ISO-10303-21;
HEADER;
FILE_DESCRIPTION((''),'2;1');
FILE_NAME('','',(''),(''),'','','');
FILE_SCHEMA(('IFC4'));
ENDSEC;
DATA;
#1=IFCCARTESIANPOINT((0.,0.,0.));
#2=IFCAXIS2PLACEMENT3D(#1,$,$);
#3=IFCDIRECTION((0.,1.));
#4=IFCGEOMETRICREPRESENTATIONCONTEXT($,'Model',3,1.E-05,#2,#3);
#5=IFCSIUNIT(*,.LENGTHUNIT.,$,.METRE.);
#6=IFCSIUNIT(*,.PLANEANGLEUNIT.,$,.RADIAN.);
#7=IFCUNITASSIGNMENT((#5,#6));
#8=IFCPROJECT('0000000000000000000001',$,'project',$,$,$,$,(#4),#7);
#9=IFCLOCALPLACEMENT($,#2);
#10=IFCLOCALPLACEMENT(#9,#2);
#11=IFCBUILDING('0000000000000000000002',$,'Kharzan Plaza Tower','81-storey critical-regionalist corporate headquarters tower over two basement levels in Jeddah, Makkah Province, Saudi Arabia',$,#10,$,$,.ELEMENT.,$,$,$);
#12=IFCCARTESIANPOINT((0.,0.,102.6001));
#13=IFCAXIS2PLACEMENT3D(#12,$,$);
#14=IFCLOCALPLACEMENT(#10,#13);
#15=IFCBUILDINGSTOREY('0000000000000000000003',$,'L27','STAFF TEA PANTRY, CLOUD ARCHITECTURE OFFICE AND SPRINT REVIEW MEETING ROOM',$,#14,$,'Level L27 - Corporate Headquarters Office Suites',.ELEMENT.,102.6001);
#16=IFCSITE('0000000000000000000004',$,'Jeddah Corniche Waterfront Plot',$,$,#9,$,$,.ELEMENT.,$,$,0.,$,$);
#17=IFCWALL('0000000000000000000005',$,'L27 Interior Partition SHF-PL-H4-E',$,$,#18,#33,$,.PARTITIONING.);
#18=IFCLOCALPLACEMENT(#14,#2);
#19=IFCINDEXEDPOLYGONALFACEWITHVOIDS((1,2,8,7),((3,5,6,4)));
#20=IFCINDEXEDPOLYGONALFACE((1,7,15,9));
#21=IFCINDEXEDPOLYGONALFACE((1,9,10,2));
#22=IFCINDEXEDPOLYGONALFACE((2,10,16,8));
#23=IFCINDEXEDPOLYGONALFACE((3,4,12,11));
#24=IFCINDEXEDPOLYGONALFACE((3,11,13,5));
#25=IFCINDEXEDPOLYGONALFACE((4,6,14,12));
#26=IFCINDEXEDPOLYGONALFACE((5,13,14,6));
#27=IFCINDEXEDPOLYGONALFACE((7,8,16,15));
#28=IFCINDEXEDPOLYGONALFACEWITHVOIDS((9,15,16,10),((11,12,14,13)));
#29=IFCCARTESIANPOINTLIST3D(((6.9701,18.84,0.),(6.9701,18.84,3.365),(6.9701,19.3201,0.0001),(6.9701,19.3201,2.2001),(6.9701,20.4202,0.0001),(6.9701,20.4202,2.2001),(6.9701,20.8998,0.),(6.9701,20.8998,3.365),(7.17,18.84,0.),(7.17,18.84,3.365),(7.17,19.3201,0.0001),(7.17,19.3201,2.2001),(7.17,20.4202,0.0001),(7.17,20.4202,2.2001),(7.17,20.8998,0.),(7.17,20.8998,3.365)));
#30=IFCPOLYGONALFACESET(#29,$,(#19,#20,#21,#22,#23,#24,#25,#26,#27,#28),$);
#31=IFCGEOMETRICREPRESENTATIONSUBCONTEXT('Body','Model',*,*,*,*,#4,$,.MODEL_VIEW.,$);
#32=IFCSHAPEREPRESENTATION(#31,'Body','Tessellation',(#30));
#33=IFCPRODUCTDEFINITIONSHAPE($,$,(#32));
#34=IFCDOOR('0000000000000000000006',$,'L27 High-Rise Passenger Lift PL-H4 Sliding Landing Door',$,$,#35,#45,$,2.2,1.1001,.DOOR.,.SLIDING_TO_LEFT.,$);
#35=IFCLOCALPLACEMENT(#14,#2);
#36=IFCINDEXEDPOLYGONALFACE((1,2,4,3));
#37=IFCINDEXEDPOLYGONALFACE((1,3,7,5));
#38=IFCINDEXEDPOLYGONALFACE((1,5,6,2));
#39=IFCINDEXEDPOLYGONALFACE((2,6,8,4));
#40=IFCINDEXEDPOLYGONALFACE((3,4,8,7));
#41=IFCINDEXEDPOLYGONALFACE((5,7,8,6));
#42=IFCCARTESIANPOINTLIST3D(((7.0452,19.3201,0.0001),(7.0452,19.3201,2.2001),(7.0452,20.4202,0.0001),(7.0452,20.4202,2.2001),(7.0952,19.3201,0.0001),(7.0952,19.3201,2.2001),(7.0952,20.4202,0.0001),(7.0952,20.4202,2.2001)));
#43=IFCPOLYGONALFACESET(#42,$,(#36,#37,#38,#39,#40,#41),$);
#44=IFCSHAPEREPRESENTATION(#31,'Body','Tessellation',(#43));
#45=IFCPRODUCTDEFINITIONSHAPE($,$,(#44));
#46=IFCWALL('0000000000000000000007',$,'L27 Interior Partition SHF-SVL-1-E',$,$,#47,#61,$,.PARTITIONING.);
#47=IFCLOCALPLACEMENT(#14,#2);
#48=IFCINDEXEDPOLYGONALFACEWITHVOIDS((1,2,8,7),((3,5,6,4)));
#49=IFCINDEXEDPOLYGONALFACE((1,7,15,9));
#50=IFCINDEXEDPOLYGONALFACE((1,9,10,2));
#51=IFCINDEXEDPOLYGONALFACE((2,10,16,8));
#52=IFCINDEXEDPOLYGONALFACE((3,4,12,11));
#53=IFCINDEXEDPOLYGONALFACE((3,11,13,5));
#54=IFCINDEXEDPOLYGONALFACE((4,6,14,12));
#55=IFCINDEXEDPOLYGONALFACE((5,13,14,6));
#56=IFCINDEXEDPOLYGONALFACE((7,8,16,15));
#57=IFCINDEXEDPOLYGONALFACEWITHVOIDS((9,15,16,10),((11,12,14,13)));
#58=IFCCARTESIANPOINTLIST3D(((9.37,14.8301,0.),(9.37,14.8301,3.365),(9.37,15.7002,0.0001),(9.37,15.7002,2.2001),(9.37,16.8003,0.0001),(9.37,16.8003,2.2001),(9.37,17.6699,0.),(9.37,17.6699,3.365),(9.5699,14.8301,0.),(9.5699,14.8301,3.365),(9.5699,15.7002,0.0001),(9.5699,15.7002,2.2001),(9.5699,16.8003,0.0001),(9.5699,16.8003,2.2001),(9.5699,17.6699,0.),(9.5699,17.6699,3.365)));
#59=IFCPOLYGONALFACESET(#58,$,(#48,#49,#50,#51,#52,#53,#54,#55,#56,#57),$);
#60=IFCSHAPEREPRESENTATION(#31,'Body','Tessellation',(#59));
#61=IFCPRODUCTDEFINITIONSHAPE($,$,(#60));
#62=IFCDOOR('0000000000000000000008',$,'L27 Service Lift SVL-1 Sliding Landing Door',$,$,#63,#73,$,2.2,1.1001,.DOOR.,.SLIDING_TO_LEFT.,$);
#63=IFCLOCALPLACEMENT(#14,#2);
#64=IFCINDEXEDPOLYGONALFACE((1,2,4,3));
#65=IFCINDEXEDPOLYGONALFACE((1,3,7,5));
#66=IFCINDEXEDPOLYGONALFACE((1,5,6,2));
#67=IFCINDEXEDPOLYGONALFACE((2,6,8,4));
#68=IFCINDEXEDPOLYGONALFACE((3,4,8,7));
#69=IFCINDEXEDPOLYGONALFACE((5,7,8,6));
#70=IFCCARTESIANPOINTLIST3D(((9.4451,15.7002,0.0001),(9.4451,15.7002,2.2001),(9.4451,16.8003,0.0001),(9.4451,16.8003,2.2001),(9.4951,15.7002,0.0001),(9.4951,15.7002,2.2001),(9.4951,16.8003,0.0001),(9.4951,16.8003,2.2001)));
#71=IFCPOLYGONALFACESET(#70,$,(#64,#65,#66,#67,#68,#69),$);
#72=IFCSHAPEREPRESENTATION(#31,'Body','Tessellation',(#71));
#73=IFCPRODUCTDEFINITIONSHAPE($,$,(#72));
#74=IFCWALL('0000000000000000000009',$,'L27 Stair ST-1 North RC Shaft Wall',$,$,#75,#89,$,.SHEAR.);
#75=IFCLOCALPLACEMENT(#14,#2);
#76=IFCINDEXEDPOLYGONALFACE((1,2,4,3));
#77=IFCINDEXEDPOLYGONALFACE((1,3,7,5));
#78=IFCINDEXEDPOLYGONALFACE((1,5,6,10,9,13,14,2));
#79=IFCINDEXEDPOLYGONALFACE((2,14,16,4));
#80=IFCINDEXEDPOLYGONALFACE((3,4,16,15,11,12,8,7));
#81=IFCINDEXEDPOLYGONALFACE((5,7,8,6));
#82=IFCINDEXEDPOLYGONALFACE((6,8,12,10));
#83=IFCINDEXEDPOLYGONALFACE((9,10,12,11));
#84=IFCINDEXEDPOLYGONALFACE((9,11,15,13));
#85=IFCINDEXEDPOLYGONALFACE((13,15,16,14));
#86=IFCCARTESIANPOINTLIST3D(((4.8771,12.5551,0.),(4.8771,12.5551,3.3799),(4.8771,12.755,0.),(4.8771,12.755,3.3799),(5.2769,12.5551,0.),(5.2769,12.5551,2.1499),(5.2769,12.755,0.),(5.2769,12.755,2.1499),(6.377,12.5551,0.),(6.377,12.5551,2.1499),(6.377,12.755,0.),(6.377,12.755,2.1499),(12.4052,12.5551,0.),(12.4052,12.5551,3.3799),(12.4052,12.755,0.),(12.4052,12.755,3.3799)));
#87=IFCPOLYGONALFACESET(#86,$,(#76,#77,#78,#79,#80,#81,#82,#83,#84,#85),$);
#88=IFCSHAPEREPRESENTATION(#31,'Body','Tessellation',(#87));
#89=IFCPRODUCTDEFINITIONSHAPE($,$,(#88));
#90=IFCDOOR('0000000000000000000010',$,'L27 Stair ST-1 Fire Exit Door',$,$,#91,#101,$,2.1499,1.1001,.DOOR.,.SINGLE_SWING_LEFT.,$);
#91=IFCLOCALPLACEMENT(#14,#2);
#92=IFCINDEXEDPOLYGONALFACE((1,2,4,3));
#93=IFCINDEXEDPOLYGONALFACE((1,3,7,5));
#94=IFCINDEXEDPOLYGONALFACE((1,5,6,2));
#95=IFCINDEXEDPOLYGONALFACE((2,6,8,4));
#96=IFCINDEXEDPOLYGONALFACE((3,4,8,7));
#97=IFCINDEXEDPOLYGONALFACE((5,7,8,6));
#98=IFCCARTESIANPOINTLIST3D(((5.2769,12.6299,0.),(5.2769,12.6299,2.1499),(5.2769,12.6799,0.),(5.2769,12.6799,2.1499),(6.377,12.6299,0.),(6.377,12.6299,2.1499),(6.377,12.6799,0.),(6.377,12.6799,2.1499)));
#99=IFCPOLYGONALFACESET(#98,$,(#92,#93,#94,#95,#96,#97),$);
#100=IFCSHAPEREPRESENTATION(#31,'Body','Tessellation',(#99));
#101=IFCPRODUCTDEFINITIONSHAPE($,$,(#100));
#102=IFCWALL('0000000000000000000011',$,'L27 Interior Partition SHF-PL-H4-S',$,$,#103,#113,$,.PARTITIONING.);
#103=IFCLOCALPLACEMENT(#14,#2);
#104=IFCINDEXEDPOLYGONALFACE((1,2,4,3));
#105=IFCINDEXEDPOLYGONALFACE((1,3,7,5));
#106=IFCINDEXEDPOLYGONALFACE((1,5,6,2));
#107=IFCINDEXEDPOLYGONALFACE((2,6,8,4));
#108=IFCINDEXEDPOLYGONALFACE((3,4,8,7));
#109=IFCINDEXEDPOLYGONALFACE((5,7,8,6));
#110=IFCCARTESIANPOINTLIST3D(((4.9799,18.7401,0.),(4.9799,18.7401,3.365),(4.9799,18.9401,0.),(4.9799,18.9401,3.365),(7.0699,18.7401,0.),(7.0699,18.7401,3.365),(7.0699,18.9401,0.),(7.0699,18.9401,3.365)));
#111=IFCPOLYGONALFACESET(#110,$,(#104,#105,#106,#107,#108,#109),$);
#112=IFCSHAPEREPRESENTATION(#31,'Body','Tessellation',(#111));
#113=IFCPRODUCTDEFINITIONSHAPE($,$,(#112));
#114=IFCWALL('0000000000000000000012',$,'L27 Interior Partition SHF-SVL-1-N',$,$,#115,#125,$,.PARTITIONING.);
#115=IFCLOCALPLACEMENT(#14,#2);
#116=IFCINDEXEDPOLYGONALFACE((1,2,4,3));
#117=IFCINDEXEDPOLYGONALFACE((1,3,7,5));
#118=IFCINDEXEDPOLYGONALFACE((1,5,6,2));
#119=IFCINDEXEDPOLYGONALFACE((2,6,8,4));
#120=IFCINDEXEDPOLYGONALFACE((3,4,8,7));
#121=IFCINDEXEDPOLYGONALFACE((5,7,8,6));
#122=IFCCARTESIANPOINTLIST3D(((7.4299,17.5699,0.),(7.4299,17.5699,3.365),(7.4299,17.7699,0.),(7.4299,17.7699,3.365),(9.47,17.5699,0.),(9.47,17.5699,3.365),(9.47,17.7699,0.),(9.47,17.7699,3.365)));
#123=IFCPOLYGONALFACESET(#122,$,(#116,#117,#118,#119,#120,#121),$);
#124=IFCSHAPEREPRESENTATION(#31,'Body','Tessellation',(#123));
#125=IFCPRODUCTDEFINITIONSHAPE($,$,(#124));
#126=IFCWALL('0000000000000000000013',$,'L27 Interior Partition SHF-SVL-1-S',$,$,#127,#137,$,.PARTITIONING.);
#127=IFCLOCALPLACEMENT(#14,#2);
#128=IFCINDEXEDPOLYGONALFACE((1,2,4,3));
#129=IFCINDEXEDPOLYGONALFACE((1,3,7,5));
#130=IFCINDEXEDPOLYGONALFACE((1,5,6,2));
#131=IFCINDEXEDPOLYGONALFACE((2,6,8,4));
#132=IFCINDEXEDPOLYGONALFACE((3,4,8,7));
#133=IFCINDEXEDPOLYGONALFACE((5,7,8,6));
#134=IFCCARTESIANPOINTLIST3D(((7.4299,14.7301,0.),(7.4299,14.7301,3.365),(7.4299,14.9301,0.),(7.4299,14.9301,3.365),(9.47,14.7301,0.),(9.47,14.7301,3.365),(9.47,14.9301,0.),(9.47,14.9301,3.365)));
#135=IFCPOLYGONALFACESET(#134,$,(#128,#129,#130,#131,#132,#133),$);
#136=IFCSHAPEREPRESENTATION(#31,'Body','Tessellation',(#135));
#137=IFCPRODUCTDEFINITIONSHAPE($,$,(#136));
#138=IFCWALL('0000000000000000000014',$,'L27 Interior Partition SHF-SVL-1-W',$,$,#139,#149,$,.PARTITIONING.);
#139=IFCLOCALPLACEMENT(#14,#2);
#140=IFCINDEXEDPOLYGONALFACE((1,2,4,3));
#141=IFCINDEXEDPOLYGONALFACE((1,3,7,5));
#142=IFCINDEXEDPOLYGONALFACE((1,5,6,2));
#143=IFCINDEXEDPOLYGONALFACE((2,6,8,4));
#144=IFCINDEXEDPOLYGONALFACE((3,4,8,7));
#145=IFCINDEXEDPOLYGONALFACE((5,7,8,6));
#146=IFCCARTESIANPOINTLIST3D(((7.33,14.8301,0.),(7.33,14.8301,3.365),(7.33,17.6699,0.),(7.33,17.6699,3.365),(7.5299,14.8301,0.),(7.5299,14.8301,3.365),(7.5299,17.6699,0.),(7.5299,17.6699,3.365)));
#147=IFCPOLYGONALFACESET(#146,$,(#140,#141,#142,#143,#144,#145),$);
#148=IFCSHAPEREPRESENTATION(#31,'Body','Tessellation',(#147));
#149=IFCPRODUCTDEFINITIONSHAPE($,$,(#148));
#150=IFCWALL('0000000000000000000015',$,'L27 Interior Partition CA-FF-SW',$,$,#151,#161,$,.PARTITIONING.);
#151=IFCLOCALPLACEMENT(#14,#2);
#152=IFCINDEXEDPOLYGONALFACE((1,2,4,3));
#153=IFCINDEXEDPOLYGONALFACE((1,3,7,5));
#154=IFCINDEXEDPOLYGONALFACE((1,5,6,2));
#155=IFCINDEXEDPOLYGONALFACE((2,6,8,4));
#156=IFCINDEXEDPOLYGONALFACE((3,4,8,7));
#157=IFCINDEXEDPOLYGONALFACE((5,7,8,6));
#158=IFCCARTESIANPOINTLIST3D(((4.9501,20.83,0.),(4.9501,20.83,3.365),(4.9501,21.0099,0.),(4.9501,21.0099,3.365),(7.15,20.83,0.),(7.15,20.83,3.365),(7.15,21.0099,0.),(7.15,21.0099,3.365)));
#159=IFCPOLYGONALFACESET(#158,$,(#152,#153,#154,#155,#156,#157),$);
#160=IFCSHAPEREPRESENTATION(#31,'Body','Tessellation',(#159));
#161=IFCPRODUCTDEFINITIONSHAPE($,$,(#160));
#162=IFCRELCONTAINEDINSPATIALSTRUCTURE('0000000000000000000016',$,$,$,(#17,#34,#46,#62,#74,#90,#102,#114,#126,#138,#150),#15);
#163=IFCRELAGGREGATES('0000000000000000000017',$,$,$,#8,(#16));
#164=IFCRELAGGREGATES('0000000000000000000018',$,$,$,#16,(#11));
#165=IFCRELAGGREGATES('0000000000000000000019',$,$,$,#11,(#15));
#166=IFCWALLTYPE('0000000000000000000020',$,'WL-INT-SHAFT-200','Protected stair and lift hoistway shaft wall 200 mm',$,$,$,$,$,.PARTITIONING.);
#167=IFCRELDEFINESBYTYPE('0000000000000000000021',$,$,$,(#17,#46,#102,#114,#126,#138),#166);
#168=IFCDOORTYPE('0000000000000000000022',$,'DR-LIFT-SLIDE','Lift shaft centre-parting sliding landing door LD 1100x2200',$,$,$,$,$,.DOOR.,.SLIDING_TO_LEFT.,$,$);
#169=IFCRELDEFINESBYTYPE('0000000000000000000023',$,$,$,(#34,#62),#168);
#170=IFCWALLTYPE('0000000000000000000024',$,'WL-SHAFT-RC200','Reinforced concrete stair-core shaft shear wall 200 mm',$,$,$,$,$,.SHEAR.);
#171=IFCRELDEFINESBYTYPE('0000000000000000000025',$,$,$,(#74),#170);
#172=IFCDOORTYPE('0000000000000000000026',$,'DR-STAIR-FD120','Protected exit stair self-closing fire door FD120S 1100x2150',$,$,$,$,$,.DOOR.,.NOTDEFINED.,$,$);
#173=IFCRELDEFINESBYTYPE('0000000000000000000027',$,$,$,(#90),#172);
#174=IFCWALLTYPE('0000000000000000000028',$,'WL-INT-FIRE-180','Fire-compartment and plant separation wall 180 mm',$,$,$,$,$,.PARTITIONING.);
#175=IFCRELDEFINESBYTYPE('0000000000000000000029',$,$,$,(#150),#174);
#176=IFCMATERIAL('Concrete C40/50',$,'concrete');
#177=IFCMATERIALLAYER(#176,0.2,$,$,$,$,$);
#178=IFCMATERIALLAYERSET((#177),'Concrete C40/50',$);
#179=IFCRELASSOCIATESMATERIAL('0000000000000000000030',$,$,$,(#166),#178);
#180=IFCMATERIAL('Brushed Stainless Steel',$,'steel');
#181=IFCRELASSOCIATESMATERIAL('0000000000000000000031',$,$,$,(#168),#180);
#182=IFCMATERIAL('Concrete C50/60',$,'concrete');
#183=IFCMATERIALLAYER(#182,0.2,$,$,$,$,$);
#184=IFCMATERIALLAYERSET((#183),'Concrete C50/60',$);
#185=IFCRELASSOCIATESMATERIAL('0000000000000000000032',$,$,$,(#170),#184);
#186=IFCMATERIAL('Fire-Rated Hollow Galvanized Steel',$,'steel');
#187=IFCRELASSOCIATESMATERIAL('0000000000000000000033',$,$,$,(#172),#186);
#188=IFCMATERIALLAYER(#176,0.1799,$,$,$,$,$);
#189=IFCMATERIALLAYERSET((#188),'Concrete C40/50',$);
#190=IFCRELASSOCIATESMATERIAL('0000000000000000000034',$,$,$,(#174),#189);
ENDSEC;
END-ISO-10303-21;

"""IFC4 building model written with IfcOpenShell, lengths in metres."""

from ifc_helpers import new_model, si_unit, direction, frame, frame_2d, origin, place, context, subcontext, project, spatial, rectangle, extrude, source, transform, mapped, material, layer, layer_set, type_object, element, fill, save


model = new_model("IFC4")

# Units and contexts
model_context = context("Model", 3, precision=1e-05, world=origin(), true_north=direction((0.0, 1.0)))
body_context = subcontext(model_context, "Body", "Model", "MODEL_VIEW")
ifc_project = project(units=[si_unit("LENGTHUNIT", "METRE"), si_unit("PLANEANGLEUNIT", "RADIAN")], contexts=[model_context])

# Site, building, storey
site_placement = place(None, origin())
site = spatial("IfcSite", under=ifc_project, at=site_placement, Name="Jeddah Corniche Waterfront Plot", CompositionType="ELEMENT", RefElevation=0.0)
building_placement = place(site_placement, origin())
building = spatial("IfcBuilding", under=site, at=building_placement, Name="Kharzan Plaza Tower", Description="81-storey critical-regionalist corporate headquarters tower over two basement levels in Jeddah, Makkah Province, Saudi Arabia", CompositionType="ELEMENT")
storey_placement = place(building_placement, frame((0.0, 0.0, 102.6001)))
storey = spatial("IfcBuildingStorey", under=building, at=storey_placement, Name="L27", Description="STAFF TEA PANTRY, CLOUD ARCHITECTURE OFFICE AND SPRINT REVIEW MEETING ROOM", LongName="Level L27 - Corporate Headquarters Office Suites", CompositionType="ELEMENT", Elevation=102.6001)

# Shared definitions
ifc_material_1 = material(Name="Concrete C40/50", Category="concrete")

# Walls, openings, doors
ifc_layer_1 = layer(ifc_material_1, 0.2)
ifc_layer_set_1 = layer_set([ifc_layer_1], Name="Concrete C40/50")
wall_type_1 = type_object("IfcWallType", Name="WL-INT-SHAFT-200", Description="Protected stair and lift hoistway shaft wall 200 mm", PredefinedType="PARTITIONING", material=ifc_layer_set_1)
wall_1_placement = place(storey_placement, frame((7.0701, 18.8401, 0.0), z_axis=(0.0, 0.0, 1.0), x_axis=(0.0, 1.0, 0.0)))
wall_1 = element("IfcWall", 1, at=wall_1_placement, inside=storey, type_object=wall_type_1, Name="L27 Interior Partition SHF-PL-H4-E", PredefinedType="PARTITIONING", context=body_context, shape_type="SweptSolid", body=[
    extrude(rectangle(XDim=2.0598, YDim=0.2, at=frame_2d((1.0298, 0.0))), origin(), (0.0, 0.0, 1.0), 3.365),
])
opening_1_placement = place(wall_1_placement, frame((0.48, 0.0, 0.0)))
opening_1 = element("IfcOpeningElement", 2, at=opening_1_placement, cuts=wall_1, PredefinedType="OPENING", context=body_context, shape_type="SweptSolid", body=[
    extrude(rectangle(XDim=1.1001, YDim=2.2, at=frame_2d((0.55, 1.1001))), frame((0.0, 0.1099, 0.0), z_axis=(0.0, -1.0, 0.0), x_axis=(1.0, 0.0, 0.0)), (0.0, 0.0, 1.0), 0.22),
])
ifc_material_2 = material(Name="Brushed Stainless Steel", Category="steel")
door_type_1 = type_object("IfcDoorType", Name="DR-LIFT-SLIDE", Description="Lift shaft centre-parting sliding landing door LD 1100x2200", OperationType="SLIDING_TO_LEFT", PredefinedType="DOOR", material=ifc_material_2)
shared_shape_1 = source(origin(), body_context, "Body", "SweptSolid", [
    extrude(rectangle(XDim=1.1001, YDim=2.2, at=frame_2d((0.55, 1.1001))), frame((0.0, 0.0249, 0.0), z_axis=(0.0, -1.0, 0.0), x_axis=(1.0, 0.0, 0.0)), (0.0, 0.0, 1.0), 0.05),
])
door_1_placement = place(opening_1_placement, origin())
door_1 = element("IfcDoor", 3, at=door_1_placement, inside=storey, type_object=door_type_1, Name="L27 High-Rise Passenger Lift PL-H4 Sliding Landing Door", OperationType="SLIDING_TO_LEFT", OverallHeight=2.2, OverallWidth=1.1001, PredefinedType="DOOR", context=body_context, shape_type="MappedRepresentation", body=[
    mapped(shared_shape_1, transform((0.0, 0.0, 0.0), x_axis=(1.0, 0.0, 0.0), y_axis=(0.0, 1.0, 0.0), z_axis=(0.0, 0.0, 1.0))),
])
fill(opening_1, door_1)
wall_2_placement = place(storey_placement, frame((9.47, 14.8301, 0.0), z_axis=(0.0, 0.0, 1.0), x_axis=(0.0, 1.0, 0.0)))
wall_2 = element("IfcWall", 4, at=wall_2_placement, inside=storey, type_object=wall_type_1, Name="L27 Interior Partition SHF-SVL-1-E", PredefinedType="PARTITIONING", context=body_context, shape_type="SweptSolid", body=[
    extrude(rectangle(XDim=2.8398, YDim=0.2, at=frame_2d((1.4199, 0.0))), origin(), (0.0, 0.0, 1.0), 3.365),
])
opening_2_placement = place(wall_2_placement, frame((0.8701, 0.0, 0.0)))
opening_2 = element("IfcOpeningElement", 5, at=opening_2_placement, cuts=wall_2, PredefinedType="OPENING", context=body_context, shape_type="SweptSolid", body=[
    extrude(rectangle(XDim=1.1001, YDim=2.2, at=frame_2d((0.55, 1.1001))), frame((0.0, 0.1099, 0.0), z_axis=(0.0, -1.0, 0.0), x_axis=(1.0, 0.0, 0.0)), (0.0, 0.0, 1.0), 0.22),
])
door_2_placement = place(opening_2_placement, origin())
door_2 = element("IfcDoor", 6, at=door_2_placement, inside=storey, type_object=door_type_1, Name="L27 Service Lift SVL-1 Sliding Landing Door", OperationType="SLIDING_TO_LEFT", OverallHeight=2.2, OverallWidth=1.1001, PredefinedType="DOOR", context=body_context, shape_type="MappedRepresentation", body=[
    mapped(shared_shape_1, transform((0.0, 0.0, 0.0), x_axis=(1.0, 0.0, 0.0), y_axis=(0.0, 1.0, 0.0), z_axis=(0.0, 0.0, 1.0))),
])
fill(opening_2, door_2)
ifc_material_3 = material(Name="Concrete C50/60", Category="concrete")
ifc_layer_2 = layer(ifc_material_3, 0.2)
ifc_layer_set_2 = layer_set([ifc_layer_2], Name="Concrete C50/60")
wall_type_2 = type_object("IfcWallType", Name="WL-SHAFT-RC200", Description="Reinforced concrete stair-core shaft shear wall 200 mm", PredefinedType="SHEAR", material=ifc_layer_set_2)
wall_3_placement = place(storey_placement, frame((4.877, 12.655, 0.0), z_axis=(0.0, 0.0, 1.0), x_axis=(1.0, 0.0, 0.0)))
wall_3 = element("IfcWall", 7, at=wall_3_placement, inside=storey, type_object=wall_type_2, Name="L27 Stair ST-1 North RC Shaft Wall", PredefinedType="SHEAR", context=body_context, shape_type="SweptSolid", body=[
    extrude(rectangle(XDim=7.5281, YDim=0.2, at=frame_2d((3.7642, 0.0))), origin(), (0.0, 0.0, 1.0), 3.3799),
])
opening_3_placement = place(wall_3_placement, frame((0.3999, 0.0, 0.0)))
opening_3 = element("IfcOpeningElement", 8, at=opening_3_placement, cuts=wall_3, PredefinedType="OPENING", context=body_context, shape_type="SweptSolid", body=[
    extrude(rectangle(XDim=1.1001, YDim=2.1499, at=frame_2d((0.55, 1.075))), frame((0.0, 0.1099, 0.0), z_axis=(0.0, -1.0, 0.0), x_axis=(1.0, 0.0, 0.0)), (0.0, 0.0, 1.0), 0.22),
])
ifc_material_4 = material(Name="Fire-Rated Hollow Galvanized Steel", Category="steel")
door_type_2 = type_object("IfcDoorType", Name="DR-STAIR-FD120", Description="Protected exit stair self-closing fire door FD120S 1100x2150", OperationType="NOTDEFINED", PredefinedType="DOOR", material=ifc_material_4)
shared_shape_2 = source(origin(), body_context, "Body", "SweptSolid", [
    extrude(rectangle(XDim=1.1001, YDim=2.1499, at=frame_2d((0.55, 1.075))), frame((0.0, 0.0249, 0.0), z_axis=(0.0, -1.0, 0.0), x_axis=(1.0, 0.0, 0.0)), (0.0, 0.0, 1.0), 0.05),
])
door_3_placement = place(opening_3_placement, origin())
door_3 = element("IfcDoor", 9, at=door_3_placement, inside=storey, type_object=door_type_2, Name="L27 Stair ST-1 Fire Exit Door", OperationType="SINGLE_SWING_LEFT", OverallHeight=2.1499, OverallWidth=1.1001, PredefinedType="DOOR", context=body_context, shape_type="MappedRepresentation", body=[
    mapped(shared_shape_2, transform((0.0, 0.0, 0.0), x_axis=(1.0, 0.0, 0.0), y_axis=(0.0, 1.0, 0.0), z_axis=(0.0, 0.0, 1.0))),
])
fill(opening_3, door_3)

# Walls
shared_shape_3 = source(origin(), body_context, "Body", "SweptSolid", [
    extrude(rectangle(XDim=2.0901, YDim=0.2, at=frame_2d((1.0449, 0.0))), origin(), (0.0, 0.0, 1.0), 3.365),
])
wall_4_placement = place(storey_placement, frame((4.98, 18.8401, 0.0), z_axis=(0.0, 0.0, 1.0), x_axis=(1.0, 0.0, 0.0)))
element("IfcWall", 10, at=wall_4_placement, inside=storey, type_object=wall_type_1, Name="L27 Interior Partition SHF-PL-H4-S", PredefinedType="PARTITIONING", context=body_context, shape_type="MappedRepresentation", body=[
    mapped(shared_shape_3, transform((0.0, 0.0, 0.0), x_axis=(1.0, 0.0, 0.0), y_axis=(0.0, 1.0, 0.0), z_axis=(0.0, 0.0, 1.0))),
])
shared_shape_4 = source(origin(), body_context, "Body", "SweptSolid", [
    extrude(rectangle(XDim=2.04, YDim=0.2, at=frame_2d((1.02, 0.0))), origin(), (0.0, 0.0, 1.0), 3.365),
])
for number, where, z_axis, x_axis, name in (
    (11, (7.4299, 17.6699, 0.0), (0.0, 0.0, 1.0), (1.0, 0.0, 0.0), "L27 Interior Partition SHF-SVL-1-N"),
    (12, (7.4299, 14.8301, 0.0), (0.0, 0.0, 1.0), (1.0, 0.0, 0.0), "L27 Interior Partition SHF-SVL-1-S"),
):
    element("IfcWall", number, at=place(storey_placement, frame(where, z_axis=z_axis, x_axis=x_axis)), inside=storey, type_object=wall_type_1, Name=name, PredefinedType="PARTITIONING", context=body_context, shape_type="MappedRepresentation", body=[
        mapped(shared_shape_4, transform((0.0, 0.0, 0.0), x_axis=(1.0, 0.0, 0.0), y_axis=(0.0, 1.0, 0.0), z_axis=(0.0, 0.0, 1.0))),
    ])
shared_shape_5 = source(origin(), body_context, "Body", "SweptSolid", [
    extrude(rectangle(XDim=2.8398, YDim=0.2, at=frame_2d((1.4199, 0.0))), origin(), (0.0, 0.0, 1.0), 3.365),
])
wall_5_placement = place(storey_placement, frame((7.4299, 14.8301, 0.0), z_axis=(0.0, 0.0, 1.0), x_axis=(0.0, 1.0, 0.0)))
element("IfcWall", 13, at=wall_5_placement, inside=storey, type_object=wall_type_1, Name="L27 Interior Partition SHF-SVL-1-W", PredefinedType="PARTITIONING", context=body_context, shape_type="MappedRepresentation", body=[
    mapped(shared_shape_5, transform((0.0, 0.0, 0.0), x_axis=(1.0, 0.0, 0.0), y_axis=(0.0, 1.0, 0.0), z_axis=(0.0, 0.0, 1.0))),
])
ifc_layer_3 = layer(ifc_material_1, 0.1799)
ifc_layer_set_3 = layer_set([ifc_layer_3], Name="Concrete C40/50")
wall_type_3 = type_object("IfcWallType", Name="WL-INT-FIRE-180", Description="Fire-compartment and plant separation wall 180 mm", PredefinedType="PARTITIONING", material=ifc_layer_set_3)
shared_shape_6 = source(origin(), body_context, "Body", "SweptSolid", [
    extrude(rectangle(XDim=2.2, YDim=0.1799, at=frame_2d((1.1001, 0.0))), origin(), (0.0, 0.0, 1.0), 3.365),
])
wall_6_placement = place(storey_placement, frame((4.95, 20.9199, 0.0), z_axis=(0.0, 0.0, 1.0), x_axis=(1.0, 0.0, 0.0)))
element("IfcWall", 14, at=wall_6_placement, inside=storey, type_object=wall_type_3, Name="L27 Interior Partition CA-FF-SW", PredefinedType="PARTITIONING", context=body_context, shape_type="MappedRepresentation", body=[
    mapped(shared_shape_6, transform((0.0, 0.0, 0.0), x_axis=(1.0, 0.0, 0.0), y_axis=(0.0, 1.0, 0.0), z_axis=(0.0, 0.0, 1.0))),
])

save(model, "model.ifc")
